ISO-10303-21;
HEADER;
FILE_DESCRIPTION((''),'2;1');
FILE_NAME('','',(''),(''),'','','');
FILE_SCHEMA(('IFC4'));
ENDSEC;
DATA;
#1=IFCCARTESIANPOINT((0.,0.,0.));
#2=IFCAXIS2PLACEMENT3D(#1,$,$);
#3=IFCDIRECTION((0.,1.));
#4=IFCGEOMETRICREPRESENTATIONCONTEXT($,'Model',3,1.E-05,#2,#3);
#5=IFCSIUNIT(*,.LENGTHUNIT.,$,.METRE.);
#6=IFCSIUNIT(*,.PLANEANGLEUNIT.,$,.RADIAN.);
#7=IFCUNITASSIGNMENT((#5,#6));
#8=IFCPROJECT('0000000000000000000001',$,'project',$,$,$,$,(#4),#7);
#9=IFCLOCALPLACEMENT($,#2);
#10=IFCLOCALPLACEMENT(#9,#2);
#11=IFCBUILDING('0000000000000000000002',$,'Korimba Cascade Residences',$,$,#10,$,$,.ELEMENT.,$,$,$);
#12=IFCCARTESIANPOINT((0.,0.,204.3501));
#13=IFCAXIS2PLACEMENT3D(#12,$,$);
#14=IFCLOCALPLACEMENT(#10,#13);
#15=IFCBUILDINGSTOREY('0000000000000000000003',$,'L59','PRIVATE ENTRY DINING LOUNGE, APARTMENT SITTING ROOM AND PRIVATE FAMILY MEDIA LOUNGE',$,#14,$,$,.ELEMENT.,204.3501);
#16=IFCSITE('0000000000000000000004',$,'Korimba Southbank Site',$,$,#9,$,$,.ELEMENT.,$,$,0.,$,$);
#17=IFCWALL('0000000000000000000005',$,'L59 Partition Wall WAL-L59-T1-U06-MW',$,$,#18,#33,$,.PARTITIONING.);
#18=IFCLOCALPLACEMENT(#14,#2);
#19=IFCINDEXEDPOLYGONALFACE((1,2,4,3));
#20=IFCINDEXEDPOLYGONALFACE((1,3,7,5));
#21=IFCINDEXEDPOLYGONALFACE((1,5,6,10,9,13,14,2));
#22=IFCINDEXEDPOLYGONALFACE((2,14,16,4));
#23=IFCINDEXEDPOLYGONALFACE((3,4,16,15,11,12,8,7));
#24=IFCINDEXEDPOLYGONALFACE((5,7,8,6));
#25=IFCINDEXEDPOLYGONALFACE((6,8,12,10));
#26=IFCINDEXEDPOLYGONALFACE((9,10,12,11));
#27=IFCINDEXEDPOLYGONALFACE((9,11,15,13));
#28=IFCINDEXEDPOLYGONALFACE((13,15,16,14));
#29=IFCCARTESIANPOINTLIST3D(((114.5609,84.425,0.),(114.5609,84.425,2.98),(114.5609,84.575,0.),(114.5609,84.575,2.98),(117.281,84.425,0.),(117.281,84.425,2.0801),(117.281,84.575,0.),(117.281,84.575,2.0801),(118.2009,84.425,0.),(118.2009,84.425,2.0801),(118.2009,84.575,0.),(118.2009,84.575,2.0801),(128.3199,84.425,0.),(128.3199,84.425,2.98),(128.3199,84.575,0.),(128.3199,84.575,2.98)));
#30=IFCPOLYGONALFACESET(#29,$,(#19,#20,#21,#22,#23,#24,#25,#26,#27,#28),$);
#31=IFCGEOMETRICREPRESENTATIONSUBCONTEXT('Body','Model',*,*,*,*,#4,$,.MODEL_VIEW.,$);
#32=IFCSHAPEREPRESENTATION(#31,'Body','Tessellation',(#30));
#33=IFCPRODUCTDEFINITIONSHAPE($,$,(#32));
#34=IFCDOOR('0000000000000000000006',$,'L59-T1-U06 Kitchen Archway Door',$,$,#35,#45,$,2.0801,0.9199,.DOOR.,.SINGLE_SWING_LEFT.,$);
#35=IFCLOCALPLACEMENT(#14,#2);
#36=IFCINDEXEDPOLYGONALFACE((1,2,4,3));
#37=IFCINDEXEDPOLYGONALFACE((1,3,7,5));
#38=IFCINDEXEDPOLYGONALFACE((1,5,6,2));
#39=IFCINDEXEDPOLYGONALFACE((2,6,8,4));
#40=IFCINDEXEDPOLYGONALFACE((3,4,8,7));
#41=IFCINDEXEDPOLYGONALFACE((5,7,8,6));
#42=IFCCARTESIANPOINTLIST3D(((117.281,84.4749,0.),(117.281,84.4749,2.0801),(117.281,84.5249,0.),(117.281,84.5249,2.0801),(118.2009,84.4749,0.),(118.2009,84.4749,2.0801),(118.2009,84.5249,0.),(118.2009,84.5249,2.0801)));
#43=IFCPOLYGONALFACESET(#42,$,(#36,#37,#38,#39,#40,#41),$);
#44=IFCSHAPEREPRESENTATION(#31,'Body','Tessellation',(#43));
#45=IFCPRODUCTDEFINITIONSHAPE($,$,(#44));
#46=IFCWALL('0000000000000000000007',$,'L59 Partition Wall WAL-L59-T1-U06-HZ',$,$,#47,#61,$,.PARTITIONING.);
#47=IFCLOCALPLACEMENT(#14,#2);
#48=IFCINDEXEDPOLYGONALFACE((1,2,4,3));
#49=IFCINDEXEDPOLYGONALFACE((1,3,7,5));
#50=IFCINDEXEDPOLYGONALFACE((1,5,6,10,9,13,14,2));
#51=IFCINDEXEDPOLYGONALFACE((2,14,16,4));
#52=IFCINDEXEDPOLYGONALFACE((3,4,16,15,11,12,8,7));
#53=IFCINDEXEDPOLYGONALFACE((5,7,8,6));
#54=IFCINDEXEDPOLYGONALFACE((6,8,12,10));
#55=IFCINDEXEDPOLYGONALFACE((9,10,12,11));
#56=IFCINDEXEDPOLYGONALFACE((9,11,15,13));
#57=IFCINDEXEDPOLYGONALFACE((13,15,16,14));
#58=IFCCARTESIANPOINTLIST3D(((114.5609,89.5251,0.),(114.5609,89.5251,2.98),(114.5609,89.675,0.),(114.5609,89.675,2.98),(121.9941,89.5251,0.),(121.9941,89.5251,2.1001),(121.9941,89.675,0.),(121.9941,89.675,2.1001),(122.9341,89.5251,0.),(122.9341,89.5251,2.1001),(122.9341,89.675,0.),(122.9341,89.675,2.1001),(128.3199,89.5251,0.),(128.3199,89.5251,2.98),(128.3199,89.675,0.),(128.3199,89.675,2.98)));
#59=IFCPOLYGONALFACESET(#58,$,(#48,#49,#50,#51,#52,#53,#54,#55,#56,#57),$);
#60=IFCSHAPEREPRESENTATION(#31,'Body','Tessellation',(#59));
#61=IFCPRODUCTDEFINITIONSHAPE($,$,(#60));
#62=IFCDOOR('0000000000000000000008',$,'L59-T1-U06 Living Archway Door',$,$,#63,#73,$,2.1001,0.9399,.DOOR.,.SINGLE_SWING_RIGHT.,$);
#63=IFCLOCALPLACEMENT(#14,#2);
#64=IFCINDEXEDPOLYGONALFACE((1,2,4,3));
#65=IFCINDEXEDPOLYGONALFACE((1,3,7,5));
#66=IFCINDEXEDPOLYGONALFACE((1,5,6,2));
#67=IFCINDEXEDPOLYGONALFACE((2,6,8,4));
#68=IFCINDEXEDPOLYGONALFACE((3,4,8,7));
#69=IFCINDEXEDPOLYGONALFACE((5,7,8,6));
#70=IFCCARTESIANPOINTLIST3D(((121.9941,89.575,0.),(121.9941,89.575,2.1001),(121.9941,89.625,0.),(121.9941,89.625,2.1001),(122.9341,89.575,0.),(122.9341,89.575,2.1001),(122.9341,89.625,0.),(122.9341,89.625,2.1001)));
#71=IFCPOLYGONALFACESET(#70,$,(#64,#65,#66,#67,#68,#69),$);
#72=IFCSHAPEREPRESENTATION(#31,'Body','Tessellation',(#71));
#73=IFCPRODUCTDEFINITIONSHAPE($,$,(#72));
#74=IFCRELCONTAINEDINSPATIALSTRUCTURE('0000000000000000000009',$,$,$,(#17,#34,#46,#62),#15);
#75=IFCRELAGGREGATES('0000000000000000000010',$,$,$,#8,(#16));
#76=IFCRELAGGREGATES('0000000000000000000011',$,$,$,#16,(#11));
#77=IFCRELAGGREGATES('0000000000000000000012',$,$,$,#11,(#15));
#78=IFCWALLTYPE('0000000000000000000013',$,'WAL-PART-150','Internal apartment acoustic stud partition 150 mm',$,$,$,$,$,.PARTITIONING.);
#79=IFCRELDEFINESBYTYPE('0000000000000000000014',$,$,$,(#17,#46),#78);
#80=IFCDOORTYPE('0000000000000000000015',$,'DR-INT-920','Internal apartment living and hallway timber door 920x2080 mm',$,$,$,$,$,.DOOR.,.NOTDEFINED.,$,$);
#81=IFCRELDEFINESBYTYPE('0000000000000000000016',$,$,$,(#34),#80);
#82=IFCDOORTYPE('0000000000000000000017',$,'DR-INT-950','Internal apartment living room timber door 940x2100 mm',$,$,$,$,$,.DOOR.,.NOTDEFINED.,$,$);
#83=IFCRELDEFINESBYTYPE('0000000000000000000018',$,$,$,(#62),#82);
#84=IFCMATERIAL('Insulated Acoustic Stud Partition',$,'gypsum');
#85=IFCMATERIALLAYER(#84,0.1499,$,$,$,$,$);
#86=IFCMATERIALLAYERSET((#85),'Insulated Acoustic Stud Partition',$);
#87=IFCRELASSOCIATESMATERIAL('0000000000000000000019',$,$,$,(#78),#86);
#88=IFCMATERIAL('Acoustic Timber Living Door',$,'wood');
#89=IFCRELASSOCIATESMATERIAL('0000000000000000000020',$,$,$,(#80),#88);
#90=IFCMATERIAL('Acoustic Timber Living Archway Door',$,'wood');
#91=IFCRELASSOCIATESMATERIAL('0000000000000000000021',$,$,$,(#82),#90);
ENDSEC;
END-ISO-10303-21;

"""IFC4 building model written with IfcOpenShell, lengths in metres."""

from ifc_helpers import new_model, si_unit, direction, frame, frame_2d, origin, place, context, subcontext, project, spatial, rectangle, extrude, material, layer, layer_set, type_object, element, fill, save


model = new_model("IFC4")

# Units and contexts
model_context = context("Model", 3, precision=1e-05, world=origin(), true_north=direction((0.0, 1.0)))
body_context = subcontext(model_context, "Body", "Model", "MODEL_VIEW")
ifc_project = project(units=[si_unit("LENGTHUNIT", "METRE"), si_unit("PLANEANGLEUNIT", "RADIAN")], contexts=[model_context])

# Site, building, storey
site_placement = place(None, origin())
site = spatial("IfcSite", under=ifc_project, at=site_placement, Name="Korimba Southbank Site", CompositionType="ELEMENT", RefElevation=0.0)
building_placement = place(site_placement, origin())
building = spatial("IfcBuilding", under=site, at=building_placement, Name="Korimba Cascade Residences", CompositionType="ELEMENT")
storey_placement = place(building_placement, frame((0.0, 0.0, 204.3501)))
storey = spatial("IfcBuildingStorey", under=building, at=storey_placement, Name="L59", Description="PRIVATE ENTRY DINING LOUNGE, APARTMENT SITTING ROOM AND PRIVATE FAMILY MEDIA LOUNGE", CompositionType="ELEMENT", Elevation=204.3501)

# Shared definitions
ifc_material_1 = material(Name="Insulated Acoustic Stud Partition", Category="gypsum")
ifc_layer = layer(ifc_material_1, 0.1499)
ifc_layer_set = layer_set([ifc_layer], Name="Insulated Acoustic Stud Partition")
wall_type = type_object("IfcWallType", Name="WAL-PART-150", Description="Internal apartment acoustic stud partition 150 mm", PredefinedType="PARTITIONING", material=ifc_layer_set)

# Walls, openings, doors
wall_1_placement = place(storey_placement, frame((114.561, 84.5, 0.0), z_axis=(0.0, 0.0, 1.0), x_axis=(1.0, 0.0, 0.0)))
wall_1 = element("IfcWall", 1, at=wall_1_placement, inside=storey, type_object=wall_type, Name="L59 Partition Wall WAL-L59-T1-U06-MW", PredefinedType="PARTITIONING", context=body_context, shape_type="SweptSolid", body=[
    extrude(rectangle(XDim=13.759, YDim=0.1499, at=frame_2d((6.8794, 0.0))), origin(), (0.0, 0.0, 1.0), 2.98),
])
opening_1_placement = place(wall_1_placement, frame((2.72, 0.0, 0.0)))
opening_1 = element("IfcOpeningElement", 2, at=opening_1_placement, cuts=wall_1, PredefinedType="OPENING", context=body_context, shape_type="SweptSolid", body=[
    extrude(rectangle(XDim=0.9199, YDim=2.0801, at=frame_2d((0.46, 1.04))), frame((0.0, 0.085, 0.0), z_axis=(0.0, -1.0, 0.0), x_axis=(1.0, 0.0, 0.0)), (0.0, 0.0, 1.0), 0.1699),
])
ifc_material_2 = material(Name="Acoustic Timber Living Door", Category="wood")
door_type_1 = type_object("IfcDoorType", Name="DR-INT-920", Description="Internal apartment living and hallway timber door 920x2080 mm", OperationType="NOTDEFINED", PredefinedType="DOOR", material=ifc_material_2)
door_1_placement = place(opening_1_placement, origin())
door_1 = element("IfcDoor", 3, at=door_1_placement, inside=storey, type_object=door_type_1, Name="L59-T1-U06 Kitchen Archway Door", OperationType="SINGLE_SWING_LEFT", OverallHeight=2.0801, OverallWidth=0.9199, PredefinedType="DOOR", context=body_context, shape_type="SweptSolid", body=[
    extrude(rectangle(XDim=0.9199, YDim=2.0801, at=frame_2d((0.46, 1.04))), frame((0.0, 0.0249, 0.0), z_axis=(0.0, -1.0, 0.0), x_axis=(1.0, 0.0, 0.0)), (0.0, 0.0, 1.0), 0.05),
])
fill(opening_1, door_1)
wall_2_placement = place(storey_placement, frame((114.561, 89.6001, 0.0), z_axis=(0.0, 0.0, 1.0), x_axis=(1.0, 0.0, 0.0)))
wall_2 = element("IfcWall", 4, at=wall_2_placement, inside=storey, type_object=wall_type, Name="L59 Partition Wall WAL-L59-T1-U06-HZ", PredefinedType="PARTITIONING", context=body_context, shape_type="SweptSolid", body=[
    extrude(rectangle(XDim=13.759, YDim=0.1499, at=frame_2d((6.8794, 0.0))), origin(), (0.0, 0.0, 1.0), 2.98),
])
opening_2_placement = place(wall_2_placement, frame((7.4331, 0.0, 0.0)))
opening_2 = element("IfcOpeningElement", 5, at=opening_2_placement, cuts=wall_2, PredefinedType="OPENING", context=body_context, shape_type="SweptSolid", body=[
    extrude(rectangle(XDim=0.9399, YDim=2.1001, at=frame_2d((0.47, 1.05))), frame((0.0, 0.085, 0.0), z_axis=(0.0, -1.0, 0.0), x_axis=(1.0, 0.0, 0.0)), (0.0, 0.0, 1.0), 0.1699),
])
ifc_material_3 = material(Name="Acoustic Timber Living Archway Door", Category="wood")
door_type_2 = type_object("IfcDoorType", Name="DR-INT-950", Description="Internal apartment living room timber door 940x2100 mm", OperationType="NOTDEFINED", PredefinedType="DOOR", material=ifc_material_3)
door_2_placement = place(opening_2_placement, origin())
door_2 = element("IfcDoor", 6, at=door_2_placement, inside=storey, type_object=door_type_2, Name="L59-T1-U06 Living Archway Door", OperationType="SINGLE_SWING_RIGHT", OverallHeight=2.1001, OverallWidth=0.9399, PredefinedType="DOOR", context=body_context, shape_type="SweptSolid", body=[
    extrude(rectangle(XDim=0.9399, YDim=2.1001, at=frame_2d((0.47, 1.05))), frame((0.0, 0.0249, 0.0), z_axis=(0.0, -1.0, 0.0), x_axis=(1.0, 0.0, 0.0)), (0.0, 0.0, 1.0), 0.05),
])
fill(opening_2, door_2)

save(model, "model.ifc")
